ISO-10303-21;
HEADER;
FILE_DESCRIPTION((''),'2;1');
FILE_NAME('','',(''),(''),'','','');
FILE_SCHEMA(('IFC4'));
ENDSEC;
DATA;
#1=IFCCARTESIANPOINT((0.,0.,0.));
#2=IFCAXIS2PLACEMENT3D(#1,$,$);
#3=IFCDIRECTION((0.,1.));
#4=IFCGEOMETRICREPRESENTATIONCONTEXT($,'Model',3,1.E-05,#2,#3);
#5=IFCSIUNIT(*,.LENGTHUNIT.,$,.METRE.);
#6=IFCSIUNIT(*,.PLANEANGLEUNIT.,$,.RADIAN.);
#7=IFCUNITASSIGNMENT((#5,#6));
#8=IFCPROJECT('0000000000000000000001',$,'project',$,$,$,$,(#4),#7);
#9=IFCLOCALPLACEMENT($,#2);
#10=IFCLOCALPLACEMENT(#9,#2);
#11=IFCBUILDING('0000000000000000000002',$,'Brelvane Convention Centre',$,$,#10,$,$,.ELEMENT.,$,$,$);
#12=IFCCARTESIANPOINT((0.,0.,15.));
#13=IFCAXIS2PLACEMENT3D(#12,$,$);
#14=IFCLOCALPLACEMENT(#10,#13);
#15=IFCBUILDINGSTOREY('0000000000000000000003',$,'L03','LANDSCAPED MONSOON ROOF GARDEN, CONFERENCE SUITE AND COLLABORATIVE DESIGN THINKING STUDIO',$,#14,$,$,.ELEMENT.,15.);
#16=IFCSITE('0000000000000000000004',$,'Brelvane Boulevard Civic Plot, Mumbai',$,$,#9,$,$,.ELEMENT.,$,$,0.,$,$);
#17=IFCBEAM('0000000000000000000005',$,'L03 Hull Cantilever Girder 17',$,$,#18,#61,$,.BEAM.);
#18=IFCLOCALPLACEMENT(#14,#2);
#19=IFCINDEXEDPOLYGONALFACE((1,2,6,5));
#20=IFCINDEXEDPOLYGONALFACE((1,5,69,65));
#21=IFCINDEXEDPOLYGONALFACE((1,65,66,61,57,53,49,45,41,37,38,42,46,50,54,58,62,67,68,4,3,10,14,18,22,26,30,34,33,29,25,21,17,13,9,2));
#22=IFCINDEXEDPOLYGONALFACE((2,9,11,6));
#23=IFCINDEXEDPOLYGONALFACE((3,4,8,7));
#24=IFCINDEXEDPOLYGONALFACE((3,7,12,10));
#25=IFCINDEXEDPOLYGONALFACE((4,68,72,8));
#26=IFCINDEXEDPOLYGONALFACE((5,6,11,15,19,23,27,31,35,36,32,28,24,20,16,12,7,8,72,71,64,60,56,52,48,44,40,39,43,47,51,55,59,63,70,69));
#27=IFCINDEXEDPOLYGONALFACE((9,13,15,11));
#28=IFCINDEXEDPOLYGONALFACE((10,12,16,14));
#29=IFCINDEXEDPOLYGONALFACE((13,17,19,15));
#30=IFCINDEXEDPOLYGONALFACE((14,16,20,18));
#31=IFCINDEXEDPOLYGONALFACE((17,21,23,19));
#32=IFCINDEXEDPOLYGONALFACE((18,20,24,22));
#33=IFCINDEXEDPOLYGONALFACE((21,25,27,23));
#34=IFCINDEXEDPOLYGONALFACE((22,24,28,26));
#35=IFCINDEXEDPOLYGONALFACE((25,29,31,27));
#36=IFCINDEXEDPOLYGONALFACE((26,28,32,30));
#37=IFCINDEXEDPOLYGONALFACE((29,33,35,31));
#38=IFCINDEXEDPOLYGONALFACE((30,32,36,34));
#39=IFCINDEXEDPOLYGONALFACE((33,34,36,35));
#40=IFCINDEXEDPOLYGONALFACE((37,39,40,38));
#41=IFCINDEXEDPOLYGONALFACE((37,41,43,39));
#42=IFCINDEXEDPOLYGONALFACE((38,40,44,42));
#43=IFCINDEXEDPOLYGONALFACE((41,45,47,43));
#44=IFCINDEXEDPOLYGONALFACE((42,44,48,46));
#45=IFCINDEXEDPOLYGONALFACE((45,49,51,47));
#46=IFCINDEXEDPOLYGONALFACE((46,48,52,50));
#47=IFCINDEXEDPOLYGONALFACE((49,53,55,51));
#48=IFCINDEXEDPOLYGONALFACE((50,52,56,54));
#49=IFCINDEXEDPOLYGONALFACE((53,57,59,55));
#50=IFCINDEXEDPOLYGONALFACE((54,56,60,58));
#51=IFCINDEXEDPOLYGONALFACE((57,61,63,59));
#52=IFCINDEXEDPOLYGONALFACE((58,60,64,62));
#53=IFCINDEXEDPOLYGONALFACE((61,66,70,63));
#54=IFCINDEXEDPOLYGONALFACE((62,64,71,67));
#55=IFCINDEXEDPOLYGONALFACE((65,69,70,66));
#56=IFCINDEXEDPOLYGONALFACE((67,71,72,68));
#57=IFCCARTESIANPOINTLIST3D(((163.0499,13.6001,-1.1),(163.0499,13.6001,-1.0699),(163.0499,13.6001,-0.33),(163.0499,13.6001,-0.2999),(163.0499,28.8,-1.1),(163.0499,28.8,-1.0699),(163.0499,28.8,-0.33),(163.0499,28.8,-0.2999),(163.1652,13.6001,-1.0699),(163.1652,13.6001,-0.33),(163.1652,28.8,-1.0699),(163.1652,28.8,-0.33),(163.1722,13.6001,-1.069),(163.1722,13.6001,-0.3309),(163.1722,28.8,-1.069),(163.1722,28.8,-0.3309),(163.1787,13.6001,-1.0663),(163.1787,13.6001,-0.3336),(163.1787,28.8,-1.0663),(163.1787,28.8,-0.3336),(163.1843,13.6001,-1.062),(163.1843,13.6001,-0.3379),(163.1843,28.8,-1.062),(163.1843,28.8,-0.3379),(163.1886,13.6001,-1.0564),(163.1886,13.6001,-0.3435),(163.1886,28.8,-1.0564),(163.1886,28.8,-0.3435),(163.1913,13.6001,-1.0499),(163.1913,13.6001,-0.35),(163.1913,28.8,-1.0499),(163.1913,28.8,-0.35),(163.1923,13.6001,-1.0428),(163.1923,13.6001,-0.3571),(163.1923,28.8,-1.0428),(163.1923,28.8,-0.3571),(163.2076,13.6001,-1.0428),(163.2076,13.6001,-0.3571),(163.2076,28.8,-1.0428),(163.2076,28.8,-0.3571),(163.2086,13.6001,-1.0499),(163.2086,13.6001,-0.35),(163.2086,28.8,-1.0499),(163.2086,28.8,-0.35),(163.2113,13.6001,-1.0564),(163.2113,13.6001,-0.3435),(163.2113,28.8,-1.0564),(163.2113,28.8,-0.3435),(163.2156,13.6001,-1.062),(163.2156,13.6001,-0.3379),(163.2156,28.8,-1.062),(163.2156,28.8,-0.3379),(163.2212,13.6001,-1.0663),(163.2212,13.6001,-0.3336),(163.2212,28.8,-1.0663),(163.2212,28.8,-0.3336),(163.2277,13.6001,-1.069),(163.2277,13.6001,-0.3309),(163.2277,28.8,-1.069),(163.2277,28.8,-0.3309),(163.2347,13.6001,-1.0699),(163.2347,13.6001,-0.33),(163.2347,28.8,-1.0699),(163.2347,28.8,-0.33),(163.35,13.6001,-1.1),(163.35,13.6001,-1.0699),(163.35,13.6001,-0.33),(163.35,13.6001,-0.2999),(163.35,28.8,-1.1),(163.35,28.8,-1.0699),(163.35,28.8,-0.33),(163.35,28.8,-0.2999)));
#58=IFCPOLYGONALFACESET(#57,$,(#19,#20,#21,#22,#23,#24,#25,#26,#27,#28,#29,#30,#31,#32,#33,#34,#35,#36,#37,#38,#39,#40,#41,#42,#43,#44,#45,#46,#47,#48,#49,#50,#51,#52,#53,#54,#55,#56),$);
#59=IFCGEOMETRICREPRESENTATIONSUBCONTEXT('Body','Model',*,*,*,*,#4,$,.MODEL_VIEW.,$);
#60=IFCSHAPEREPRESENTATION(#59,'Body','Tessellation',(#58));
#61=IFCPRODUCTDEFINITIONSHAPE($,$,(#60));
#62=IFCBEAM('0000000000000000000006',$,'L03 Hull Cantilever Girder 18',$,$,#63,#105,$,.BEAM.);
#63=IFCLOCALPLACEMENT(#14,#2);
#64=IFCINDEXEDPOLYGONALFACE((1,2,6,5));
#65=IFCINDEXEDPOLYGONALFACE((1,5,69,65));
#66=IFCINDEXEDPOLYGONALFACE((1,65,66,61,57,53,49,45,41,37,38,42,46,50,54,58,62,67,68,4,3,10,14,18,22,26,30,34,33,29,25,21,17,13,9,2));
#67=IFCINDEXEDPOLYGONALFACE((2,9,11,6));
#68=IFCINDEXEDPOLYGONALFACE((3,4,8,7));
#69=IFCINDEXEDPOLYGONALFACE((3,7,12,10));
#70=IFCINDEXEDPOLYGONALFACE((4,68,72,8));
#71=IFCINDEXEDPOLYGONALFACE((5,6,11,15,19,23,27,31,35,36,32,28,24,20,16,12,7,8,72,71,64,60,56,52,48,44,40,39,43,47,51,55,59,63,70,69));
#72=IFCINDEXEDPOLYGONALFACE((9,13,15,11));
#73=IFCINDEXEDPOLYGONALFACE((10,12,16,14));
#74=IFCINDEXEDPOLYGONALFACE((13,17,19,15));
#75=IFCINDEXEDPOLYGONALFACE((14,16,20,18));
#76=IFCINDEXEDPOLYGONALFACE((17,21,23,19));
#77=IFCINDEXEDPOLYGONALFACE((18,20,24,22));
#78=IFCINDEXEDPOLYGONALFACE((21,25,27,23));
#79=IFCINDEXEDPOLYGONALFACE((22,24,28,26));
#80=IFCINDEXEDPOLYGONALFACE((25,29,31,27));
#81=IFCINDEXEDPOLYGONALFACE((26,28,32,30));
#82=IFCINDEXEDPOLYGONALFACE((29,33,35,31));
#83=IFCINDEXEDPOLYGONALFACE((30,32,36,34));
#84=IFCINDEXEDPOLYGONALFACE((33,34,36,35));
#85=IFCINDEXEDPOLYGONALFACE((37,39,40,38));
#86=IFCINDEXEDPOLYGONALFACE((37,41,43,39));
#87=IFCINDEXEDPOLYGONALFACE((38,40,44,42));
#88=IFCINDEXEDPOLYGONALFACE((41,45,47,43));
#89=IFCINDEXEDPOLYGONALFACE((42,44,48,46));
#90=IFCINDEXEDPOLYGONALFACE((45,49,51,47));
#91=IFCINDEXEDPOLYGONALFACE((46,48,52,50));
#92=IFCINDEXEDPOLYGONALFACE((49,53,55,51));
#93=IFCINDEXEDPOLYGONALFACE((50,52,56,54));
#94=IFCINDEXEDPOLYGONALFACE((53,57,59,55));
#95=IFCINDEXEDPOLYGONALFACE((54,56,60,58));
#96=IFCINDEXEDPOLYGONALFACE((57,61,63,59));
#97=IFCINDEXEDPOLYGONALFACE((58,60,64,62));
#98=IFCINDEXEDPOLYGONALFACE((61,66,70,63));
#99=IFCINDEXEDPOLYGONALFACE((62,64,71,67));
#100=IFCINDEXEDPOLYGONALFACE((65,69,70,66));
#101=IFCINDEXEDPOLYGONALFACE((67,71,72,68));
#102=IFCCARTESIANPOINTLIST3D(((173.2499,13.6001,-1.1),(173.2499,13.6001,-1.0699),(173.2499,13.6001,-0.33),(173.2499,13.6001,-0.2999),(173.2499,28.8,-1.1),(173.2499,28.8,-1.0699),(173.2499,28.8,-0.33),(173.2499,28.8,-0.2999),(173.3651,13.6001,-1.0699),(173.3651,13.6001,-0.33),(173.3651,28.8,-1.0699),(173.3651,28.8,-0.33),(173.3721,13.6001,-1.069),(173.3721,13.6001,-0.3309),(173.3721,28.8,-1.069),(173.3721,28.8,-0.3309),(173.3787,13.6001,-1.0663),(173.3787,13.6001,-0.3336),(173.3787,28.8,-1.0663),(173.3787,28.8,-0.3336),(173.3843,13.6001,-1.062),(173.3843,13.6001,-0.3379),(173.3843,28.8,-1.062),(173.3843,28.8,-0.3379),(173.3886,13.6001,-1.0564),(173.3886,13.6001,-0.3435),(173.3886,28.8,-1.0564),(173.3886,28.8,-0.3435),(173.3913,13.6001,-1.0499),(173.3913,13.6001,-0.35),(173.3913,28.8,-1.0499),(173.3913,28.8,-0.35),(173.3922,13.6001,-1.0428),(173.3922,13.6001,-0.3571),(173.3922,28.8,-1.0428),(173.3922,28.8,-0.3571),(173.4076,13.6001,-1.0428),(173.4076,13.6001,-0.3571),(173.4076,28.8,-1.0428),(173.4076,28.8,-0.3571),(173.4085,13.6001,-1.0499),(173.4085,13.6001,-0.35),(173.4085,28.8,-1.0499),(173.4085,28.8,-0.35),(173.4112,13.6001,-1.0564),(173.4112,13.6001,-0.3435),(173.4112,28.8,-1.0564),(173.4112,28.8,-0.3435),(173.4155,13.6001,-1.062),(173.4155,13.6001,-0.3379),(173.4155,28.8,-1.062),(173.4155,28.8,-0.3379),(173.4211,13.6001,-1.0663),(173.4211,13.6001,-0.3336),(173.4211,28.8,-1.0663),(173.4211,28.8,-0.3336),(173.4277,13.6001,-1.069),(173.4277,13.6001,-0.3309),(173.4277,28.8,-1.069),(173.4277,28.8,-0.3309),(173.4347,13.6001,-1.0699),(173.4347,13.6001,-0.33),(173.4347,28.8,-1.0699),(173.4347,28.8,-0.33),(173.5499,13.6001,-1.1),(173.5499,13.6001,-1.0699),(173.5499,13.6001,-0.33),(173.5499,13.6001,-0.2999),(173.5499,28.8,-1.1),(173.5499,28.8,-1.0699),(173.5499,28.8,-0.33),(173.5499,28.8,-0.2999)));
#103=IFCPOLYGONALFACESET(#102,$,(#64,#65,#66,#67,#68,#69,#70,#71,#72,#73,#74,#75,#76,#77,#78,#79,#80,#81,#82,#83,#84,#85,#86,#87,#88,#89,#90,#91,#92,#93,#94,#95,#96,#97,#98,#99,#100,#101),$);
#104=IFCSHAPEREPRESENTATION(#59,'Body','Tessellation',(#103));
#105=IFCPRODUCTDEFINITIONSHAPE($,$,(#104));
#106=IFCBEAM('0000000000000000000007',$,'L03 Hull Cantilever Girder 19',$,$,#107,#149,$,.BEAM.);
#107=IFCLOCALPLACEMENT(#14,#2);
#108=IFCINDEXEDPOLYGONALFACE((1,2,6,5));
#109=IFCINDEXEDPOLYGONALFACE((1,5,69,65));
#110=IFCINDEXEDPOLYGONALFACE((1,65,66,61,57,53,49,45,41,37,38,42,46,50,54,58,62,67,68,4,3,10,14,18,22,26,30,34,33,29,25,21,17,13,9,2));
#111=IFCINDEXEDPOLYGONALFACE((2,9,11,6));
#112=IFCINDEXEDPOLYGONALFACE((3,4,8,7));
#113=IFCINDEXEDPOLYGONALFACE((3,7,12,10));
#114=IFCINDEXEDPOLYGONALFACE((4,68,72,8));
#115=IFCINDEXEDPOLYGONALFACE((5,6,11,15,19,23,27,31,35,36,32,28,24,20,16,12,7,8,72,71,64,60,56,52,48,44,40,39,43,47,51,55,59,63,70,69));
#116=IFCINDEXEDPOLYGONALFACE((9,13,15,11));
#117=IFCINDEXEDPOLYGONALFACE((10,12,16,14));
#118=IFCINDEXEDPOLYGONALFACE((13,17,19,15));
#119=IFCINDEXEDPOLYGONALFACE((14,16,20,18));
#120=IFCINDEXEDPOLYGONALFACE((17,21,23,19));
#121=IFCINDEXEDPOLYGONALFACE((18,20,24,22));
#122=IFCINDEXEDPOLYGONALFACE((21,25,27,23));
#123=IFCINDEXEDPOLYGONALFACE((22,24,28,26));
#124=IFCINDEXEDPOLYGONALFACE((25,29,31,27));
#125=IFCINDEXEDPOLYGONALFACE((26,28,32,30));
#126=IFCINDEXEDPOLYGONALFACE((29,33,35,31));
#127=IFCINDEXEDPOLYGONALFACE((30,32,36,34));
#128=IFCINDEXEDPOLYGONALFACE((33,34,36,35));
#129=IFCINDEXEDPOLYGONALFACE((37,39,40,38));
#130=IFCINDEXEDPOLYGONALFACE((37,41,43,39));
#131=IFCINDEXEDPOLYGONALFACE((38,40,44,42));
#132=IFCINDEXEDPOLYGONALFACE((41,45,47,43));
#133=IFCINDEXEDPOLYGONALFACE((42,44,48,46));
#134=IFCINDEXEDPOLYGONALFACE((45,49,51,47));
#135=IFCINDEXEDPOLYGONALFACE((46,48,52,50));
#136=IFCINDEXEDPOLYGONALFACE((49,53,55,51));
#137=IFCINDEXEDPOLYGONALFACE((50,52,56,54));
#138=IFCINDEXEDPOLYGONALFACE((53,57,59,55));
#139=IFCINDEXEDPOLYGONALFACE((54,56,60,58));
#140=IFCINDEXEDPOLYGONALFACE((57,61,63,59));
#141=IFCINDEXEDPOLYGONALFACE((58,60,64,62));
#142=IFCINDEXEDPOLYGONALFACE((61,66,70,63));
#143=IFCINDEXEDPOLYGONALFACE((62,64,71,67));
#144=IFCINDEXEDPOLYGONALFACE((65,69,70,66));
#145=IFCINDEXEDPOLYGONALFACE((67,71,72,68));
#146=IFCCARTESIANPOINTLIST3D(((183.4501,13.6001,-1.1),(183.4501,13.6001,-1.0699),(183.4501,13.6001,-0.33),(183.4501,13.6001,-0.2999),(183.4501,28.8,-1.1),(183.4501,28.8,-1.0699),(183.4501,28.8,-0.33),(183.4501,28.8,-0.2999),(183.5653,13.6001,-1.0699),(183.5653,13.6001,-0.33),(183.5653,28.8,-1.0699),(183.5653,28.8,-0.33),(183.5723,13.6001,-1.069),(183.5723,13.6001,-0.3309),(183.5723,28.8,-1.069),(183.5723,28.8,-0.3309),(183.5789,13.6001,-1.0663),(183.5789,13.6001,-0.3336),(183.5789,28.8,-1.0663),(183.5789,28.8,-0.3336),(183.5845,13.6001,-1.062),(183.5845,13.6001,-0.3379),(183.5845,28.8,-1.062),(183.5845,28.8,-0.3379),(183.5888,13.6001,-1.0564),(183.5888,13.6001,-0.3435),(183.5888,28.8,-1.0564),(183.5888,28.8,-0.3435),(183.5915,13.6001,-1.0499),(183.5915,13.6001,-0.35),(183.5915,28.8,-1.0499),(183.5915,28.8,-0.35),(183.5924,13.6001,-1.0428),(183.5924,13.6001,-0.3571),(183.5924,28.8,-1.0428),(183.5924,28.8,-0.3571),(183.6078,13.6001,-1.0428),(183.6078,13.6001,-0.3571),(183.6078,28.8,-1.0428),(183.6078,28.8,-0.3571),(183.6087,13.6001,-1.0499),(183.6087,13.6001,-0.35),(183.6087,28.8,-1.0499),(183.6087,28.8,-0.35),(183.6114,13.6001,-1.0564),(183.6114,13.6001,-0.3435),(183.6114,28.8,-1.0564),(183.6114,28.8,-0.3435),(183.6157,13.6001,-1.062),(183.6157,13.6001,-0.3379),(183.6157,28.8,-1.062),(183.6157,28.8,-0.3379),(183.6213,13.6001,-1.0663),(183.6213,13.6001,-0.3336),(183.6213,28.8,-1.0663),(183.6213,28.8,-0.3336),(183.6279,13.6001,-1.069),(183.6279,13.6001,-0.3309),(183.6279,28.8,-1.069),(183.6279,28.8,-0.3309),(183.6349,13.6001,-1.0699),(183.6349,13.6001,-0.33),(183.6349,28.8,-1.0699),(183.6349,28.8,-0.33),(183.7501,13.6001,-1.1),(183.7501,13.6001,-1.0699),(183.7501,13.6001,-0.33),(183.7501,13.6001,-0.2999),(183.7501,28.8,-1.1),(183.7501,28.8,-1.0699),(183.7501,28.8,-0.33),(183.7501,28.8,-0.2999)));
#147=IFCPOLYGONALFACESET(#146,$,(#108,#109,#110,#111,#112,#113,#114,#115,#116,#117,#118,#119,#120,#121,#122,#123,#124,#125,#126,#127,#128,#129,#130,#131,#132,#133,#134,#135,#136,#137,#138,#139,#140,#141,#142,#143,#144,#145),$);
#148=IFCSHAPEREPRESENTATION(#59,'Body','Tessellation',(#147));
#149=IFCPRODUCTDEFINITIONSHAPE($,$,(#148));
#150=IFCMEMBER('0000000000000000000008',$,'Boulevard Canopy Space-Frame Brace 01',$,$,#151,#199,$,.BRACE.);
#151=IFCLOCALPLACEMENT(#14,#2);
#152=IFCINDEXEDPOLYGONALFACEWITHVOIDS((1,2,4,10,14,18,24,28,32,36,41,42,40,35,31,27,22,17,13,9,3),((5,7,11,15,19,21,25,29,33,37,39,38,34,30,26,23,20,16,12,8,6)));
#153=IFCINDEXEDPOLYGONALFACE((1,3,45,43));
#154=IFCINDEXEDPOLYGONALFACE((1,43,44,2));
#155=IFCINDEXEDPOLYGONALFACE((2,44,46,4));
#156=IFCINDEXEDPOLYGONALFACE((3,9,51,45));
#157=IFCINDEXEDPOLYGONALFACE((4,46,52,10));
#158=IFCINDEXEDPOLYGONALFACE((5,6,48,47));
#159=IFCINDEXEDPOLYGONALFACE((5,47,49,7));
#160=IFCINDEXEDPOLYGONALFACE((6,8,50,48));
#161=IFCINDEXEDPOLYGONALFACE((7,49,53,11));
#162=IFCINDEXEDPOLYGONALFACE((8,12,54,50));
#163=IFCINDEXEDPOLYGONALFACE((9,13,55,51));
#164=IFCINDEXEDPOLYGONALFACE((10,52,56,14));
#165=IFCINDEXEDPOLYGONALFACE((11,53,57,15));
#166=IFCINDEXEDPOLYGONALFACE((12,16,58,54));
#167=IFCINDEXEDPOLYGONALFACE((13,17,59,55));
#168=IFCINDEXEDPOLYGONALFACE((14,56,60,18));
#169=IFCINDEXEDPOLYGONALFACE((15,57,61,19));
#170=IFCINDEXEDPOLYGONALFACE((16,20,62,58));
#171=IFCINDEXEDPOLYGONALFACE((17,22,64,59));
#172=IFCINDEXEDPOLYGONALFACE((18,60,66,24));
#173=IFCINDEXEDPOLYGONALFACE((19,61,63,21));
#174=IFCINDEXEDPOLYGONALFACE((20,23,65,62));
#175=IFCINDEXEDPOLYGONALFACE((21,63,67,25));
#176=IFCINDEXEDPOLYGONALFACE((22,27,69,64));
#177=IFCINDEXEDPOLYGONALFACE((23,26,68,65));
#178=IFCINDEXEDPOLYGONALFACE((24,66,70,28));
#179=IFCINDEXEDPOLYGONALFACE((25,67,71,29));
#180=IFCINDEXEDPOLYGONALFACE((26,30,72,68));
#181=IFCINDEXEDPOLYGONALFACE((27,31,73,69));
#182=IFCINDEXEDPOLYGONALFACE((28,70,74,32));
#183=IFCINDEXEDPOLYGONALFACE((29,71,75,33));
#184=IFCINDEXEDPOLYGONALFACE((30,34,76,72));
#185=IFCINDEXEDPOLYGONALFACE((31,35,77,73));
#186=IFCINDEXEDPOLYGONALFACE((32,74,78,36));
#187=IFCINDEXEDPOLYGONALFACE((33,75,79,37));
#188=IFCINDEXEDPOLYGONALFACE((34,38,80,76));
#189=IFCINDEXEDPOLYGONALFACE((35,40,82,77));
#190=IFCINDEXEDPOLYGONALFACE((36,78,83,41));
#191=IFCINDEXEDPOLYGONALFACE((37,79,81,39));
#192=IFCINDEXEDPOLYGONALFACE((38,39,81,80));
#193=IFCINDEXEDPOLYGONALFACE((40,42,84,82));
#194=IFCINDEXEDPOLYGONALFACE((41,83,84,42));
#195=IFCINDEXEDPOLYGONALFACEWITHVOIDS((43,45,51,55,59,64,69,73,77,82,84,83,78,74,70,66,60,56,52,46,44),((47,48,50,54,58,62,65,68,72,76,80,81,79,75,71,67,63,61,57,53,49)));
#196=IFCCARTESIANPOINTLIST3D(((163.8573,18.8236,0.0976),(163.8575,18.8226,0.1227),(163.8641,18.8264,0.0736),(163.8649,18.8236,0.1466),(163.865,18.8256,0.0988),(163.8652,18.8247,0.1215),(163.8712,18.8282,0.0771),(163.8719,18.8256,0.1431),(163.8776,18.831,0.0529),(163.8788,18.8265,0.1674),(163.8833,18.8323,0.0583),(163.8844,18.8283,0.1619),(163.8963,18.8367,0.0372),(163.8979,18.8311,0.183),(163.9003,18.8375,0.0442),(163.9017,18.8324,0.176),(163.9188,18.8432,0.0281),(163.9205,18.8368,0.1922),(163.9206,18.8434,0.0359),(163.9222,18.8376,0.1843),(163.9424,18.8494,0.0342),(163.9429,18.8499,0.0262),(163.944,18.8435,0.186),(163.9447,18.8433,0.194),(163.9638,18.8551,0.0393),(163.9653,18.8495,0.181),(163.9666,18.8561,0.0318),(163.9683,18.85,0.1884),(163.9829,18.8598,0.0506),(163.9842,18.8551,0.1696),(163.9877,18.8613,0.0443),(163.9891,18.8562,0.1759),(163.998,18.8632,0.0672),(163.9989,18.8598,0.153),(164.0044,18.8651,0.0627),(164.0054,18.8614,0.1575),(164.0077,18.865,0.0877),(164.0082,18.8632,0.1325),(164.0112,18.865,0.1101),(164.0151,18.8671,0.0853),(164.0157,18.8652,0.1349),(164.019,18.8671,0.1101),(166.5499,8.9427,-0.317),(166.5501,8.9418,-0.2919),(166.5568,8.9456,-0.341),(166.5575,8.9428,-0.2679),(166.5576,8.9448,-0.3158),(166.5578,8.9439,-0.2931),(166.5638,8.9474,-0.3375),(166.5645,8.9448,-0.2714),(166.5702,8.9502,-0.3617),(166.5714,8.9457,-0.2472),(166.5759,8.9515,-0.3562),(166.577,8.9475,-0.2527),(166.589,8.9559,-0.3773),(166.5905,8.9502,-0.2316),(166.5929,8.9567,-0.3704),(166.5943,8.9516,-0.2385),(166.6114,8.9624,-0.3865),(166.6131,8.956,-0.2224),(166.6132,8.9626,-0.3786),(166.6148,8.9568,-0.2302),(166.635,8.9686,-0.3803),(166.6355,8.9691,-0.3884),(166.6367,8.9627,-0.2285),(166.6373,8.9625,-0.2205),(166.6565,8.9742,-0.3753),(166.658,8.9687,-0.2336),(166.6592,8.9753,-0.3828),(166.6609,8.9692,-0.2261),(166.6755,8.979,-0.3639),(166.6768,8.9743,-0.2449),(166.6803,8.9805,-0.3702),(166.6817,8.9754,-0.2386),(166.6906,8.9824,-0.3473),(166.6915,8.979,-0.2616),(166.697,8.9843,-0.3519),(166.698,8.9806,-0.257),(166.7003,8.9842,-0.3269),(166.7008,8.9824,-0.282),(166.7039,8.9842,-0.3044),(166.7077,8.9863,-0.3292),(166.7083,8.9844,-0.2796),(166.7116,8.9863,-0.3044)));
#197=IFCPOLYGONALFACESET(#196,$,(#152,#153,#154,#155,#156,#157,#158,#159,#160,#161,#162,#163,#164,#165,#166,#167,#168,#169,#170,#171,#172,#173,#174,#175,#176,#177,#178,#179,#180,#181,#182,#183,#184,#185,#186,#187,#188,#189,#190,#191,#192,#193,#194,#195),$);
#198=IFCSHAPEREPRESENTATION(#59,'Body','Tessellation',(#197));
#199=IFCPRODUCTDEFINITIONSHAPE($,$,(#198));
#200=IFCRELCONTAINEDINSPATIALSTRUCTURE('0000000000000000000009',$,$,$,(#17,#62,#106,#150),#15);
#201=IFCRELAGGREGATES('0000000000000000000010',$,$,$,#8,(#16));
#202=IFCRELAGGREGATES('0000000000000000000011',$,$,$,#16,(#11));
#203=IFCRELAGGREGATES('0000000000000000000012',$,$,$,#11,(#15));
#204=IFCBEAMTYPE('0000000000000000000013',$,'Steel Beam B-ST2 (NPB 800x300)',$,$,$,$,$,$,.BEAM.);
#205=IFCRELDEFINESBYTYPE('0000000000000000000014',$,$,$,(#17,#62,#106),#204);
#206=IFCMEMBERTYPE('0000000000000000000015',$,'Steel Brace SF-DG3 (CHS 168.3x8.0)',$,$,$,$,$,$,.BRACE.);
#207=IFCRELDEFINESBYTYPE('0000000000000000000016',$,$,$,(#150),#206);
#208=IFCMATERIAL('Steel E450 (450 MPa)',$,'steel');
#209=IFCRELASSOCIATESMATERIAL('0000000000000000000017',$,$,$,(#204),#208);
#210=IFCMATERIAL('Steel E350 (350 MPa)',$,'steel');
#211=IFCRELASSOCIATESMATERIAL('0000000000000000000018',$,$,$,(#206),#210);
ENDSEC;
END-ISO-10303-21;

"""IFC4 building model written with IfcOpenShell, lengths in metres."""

from ifc_helpers import new_model, si_unit, direction, frame, origin, origin_2d, place, context, subcontext, project, spatial, hollow_circle, i_section, extrude, material, material_profile, profile_set, type_object, element, save


model = new_model("IFC4")

# Units and contexts
model_context = context("Model", 3, precision=1e-05, world=origin(), true_north=direction((0.0, 1.0)))
body_context = subcontext(model_context, "Body", "Model", "MODEL_VIEW")
ifc_project = project(units=[si_unit("LENGTHUNIT", "METRE"), si_unit("PLANEANGLEUNIT", "RADIAN")], contexts=[model_context])

# Site, building, storey
site_placement = place(None, origin())
site = spatial("IfcSite", under=ifc_project, at=site_placement, Name="Brelvane Boulevard Civic Plot, Mumbai", CompositionType="ELEMENT", RefElevation=0.0)
building_placement = place(site_placement, origin())
building = spatial("IfcBuilding", under=site, at=building_placement, Name="Brelvane Convention Centre", CompositionType="ELEMENT")
storey_placement = place(building_placement, frame((0.0, 0.0, 15.0)))
storey = spatial("IfcBuildingStorey", under=building, at=storey_placement, Name="L03", Description="LANDSCAPED MONSOON ROOF GARDEN, CONFERENCE SUITE AND COLLABORATIVE DESIGN THINKING STUDIO", CompositionType="ELEMENT", Elevation=15.0)

# Beams
ifc_material_1 = material(Name="Steel E450 (450 MPa)", Category="steel")
ifc_material_profile_1 = material_profile(ifc_material_1, i_section(OverallWidth=0.3, OverallDepth=0.8, WebThickness=0.0154, FlangeThickness=0.03, FilletRadius=0.0271, at=origin_2d()), Name="NPB 800x300")
ifc_profile_set_1 = profile_set([ifc_material_profile_1], Name="Steel E450 (450 MPa)")
beam_type_1 = type_object("IfcBeamType", Name="Steel Beam B-ST2 (NPB 800x300)", PredefinedType="BEAM", material=ifc_profile_set_1)
for number, where, z_axis, x_axis, name in (
    (1, (163.2, 13.6001, -0.7), (0.0, 1.0, 0.0), (-1.0, 0.0, 0.0), "L03 Hull Cantilever Girder 17"),
    (2, (173.3999, 13.6001, -0.7), (0.0, 1.0, 0.0), (-1.0, 0.0, 0.0), "L03 Hull Cantilever Girder 18"),
    (3, (183.6001, 13.6001, -0.7), (0.0, 1.0, 0.0), (-1.0, 0.0, 0.0), "L03 Hull Cantilever Girder 19"),
):
    element("IfcBeam", number, at=place(storey_placement, frame(where, z_axis=z_axis, x_axis=x_axis)), inside=storey, type_object=beam_type_1, Name=name, PredefinedType="BEAM", context=body_context, shape_type="SweptSolid", body=[
        extrude(i_section(OverallWidth=0.3, OverallDepth=0.8, WebThickness=0.0154, FlangeThickness=0.03, FilletRadius=0.0271, at=origin_2d()), origin(), (0.0, 0.0, 1.0), 15.2),
    ])

# Member
ifc_material_2 = material(Name="Steel E350 (350 MPa)", Category="steel")
ifc_material_profile_2 = material_profile(ifc_material_2, hollow_circle(Radius=0.0842, WallThickness=0.0081, at=origin_2d()), Name="CHS 168.3x8.0")
ifc_profile_set_2 = profile_set([ifc_material_profile_2], Name="Steel E350 (350 MPa)")
member_type_1 = type_object("IfcMemberType", Name="Steel Brace SF-DG3 (CHS 168.3x8.0)", PredefinedType="BRACE", material=ifc_profile_set_2)
for number, where, z_axis, x_axis, name in (
    (4, (163.9377, 18.845, 0.1101), (0.262707, -0.964028, -0.040446), (0.964817, 0.262922, 0.0), "Boulevard Canopy Space-Frame Brace 01"),
):
    element("IfcMember", number, at=place(storey_placement, frame(where, z_axis=z_axis, x_axis=x_axis)), inside=storey, type_object=member_type_1, Name=name, PredefinedType="BRACE", context=body_context, shape_type="SweptSolid", body=[
        extrude(hollow_circle(Radius=0.0842, WallThickness=0.0081, at=origin_2d()), origin(), (0.0, 0.0, 1.0), 10.2495),
    ])

save(model, "model.ifc")
